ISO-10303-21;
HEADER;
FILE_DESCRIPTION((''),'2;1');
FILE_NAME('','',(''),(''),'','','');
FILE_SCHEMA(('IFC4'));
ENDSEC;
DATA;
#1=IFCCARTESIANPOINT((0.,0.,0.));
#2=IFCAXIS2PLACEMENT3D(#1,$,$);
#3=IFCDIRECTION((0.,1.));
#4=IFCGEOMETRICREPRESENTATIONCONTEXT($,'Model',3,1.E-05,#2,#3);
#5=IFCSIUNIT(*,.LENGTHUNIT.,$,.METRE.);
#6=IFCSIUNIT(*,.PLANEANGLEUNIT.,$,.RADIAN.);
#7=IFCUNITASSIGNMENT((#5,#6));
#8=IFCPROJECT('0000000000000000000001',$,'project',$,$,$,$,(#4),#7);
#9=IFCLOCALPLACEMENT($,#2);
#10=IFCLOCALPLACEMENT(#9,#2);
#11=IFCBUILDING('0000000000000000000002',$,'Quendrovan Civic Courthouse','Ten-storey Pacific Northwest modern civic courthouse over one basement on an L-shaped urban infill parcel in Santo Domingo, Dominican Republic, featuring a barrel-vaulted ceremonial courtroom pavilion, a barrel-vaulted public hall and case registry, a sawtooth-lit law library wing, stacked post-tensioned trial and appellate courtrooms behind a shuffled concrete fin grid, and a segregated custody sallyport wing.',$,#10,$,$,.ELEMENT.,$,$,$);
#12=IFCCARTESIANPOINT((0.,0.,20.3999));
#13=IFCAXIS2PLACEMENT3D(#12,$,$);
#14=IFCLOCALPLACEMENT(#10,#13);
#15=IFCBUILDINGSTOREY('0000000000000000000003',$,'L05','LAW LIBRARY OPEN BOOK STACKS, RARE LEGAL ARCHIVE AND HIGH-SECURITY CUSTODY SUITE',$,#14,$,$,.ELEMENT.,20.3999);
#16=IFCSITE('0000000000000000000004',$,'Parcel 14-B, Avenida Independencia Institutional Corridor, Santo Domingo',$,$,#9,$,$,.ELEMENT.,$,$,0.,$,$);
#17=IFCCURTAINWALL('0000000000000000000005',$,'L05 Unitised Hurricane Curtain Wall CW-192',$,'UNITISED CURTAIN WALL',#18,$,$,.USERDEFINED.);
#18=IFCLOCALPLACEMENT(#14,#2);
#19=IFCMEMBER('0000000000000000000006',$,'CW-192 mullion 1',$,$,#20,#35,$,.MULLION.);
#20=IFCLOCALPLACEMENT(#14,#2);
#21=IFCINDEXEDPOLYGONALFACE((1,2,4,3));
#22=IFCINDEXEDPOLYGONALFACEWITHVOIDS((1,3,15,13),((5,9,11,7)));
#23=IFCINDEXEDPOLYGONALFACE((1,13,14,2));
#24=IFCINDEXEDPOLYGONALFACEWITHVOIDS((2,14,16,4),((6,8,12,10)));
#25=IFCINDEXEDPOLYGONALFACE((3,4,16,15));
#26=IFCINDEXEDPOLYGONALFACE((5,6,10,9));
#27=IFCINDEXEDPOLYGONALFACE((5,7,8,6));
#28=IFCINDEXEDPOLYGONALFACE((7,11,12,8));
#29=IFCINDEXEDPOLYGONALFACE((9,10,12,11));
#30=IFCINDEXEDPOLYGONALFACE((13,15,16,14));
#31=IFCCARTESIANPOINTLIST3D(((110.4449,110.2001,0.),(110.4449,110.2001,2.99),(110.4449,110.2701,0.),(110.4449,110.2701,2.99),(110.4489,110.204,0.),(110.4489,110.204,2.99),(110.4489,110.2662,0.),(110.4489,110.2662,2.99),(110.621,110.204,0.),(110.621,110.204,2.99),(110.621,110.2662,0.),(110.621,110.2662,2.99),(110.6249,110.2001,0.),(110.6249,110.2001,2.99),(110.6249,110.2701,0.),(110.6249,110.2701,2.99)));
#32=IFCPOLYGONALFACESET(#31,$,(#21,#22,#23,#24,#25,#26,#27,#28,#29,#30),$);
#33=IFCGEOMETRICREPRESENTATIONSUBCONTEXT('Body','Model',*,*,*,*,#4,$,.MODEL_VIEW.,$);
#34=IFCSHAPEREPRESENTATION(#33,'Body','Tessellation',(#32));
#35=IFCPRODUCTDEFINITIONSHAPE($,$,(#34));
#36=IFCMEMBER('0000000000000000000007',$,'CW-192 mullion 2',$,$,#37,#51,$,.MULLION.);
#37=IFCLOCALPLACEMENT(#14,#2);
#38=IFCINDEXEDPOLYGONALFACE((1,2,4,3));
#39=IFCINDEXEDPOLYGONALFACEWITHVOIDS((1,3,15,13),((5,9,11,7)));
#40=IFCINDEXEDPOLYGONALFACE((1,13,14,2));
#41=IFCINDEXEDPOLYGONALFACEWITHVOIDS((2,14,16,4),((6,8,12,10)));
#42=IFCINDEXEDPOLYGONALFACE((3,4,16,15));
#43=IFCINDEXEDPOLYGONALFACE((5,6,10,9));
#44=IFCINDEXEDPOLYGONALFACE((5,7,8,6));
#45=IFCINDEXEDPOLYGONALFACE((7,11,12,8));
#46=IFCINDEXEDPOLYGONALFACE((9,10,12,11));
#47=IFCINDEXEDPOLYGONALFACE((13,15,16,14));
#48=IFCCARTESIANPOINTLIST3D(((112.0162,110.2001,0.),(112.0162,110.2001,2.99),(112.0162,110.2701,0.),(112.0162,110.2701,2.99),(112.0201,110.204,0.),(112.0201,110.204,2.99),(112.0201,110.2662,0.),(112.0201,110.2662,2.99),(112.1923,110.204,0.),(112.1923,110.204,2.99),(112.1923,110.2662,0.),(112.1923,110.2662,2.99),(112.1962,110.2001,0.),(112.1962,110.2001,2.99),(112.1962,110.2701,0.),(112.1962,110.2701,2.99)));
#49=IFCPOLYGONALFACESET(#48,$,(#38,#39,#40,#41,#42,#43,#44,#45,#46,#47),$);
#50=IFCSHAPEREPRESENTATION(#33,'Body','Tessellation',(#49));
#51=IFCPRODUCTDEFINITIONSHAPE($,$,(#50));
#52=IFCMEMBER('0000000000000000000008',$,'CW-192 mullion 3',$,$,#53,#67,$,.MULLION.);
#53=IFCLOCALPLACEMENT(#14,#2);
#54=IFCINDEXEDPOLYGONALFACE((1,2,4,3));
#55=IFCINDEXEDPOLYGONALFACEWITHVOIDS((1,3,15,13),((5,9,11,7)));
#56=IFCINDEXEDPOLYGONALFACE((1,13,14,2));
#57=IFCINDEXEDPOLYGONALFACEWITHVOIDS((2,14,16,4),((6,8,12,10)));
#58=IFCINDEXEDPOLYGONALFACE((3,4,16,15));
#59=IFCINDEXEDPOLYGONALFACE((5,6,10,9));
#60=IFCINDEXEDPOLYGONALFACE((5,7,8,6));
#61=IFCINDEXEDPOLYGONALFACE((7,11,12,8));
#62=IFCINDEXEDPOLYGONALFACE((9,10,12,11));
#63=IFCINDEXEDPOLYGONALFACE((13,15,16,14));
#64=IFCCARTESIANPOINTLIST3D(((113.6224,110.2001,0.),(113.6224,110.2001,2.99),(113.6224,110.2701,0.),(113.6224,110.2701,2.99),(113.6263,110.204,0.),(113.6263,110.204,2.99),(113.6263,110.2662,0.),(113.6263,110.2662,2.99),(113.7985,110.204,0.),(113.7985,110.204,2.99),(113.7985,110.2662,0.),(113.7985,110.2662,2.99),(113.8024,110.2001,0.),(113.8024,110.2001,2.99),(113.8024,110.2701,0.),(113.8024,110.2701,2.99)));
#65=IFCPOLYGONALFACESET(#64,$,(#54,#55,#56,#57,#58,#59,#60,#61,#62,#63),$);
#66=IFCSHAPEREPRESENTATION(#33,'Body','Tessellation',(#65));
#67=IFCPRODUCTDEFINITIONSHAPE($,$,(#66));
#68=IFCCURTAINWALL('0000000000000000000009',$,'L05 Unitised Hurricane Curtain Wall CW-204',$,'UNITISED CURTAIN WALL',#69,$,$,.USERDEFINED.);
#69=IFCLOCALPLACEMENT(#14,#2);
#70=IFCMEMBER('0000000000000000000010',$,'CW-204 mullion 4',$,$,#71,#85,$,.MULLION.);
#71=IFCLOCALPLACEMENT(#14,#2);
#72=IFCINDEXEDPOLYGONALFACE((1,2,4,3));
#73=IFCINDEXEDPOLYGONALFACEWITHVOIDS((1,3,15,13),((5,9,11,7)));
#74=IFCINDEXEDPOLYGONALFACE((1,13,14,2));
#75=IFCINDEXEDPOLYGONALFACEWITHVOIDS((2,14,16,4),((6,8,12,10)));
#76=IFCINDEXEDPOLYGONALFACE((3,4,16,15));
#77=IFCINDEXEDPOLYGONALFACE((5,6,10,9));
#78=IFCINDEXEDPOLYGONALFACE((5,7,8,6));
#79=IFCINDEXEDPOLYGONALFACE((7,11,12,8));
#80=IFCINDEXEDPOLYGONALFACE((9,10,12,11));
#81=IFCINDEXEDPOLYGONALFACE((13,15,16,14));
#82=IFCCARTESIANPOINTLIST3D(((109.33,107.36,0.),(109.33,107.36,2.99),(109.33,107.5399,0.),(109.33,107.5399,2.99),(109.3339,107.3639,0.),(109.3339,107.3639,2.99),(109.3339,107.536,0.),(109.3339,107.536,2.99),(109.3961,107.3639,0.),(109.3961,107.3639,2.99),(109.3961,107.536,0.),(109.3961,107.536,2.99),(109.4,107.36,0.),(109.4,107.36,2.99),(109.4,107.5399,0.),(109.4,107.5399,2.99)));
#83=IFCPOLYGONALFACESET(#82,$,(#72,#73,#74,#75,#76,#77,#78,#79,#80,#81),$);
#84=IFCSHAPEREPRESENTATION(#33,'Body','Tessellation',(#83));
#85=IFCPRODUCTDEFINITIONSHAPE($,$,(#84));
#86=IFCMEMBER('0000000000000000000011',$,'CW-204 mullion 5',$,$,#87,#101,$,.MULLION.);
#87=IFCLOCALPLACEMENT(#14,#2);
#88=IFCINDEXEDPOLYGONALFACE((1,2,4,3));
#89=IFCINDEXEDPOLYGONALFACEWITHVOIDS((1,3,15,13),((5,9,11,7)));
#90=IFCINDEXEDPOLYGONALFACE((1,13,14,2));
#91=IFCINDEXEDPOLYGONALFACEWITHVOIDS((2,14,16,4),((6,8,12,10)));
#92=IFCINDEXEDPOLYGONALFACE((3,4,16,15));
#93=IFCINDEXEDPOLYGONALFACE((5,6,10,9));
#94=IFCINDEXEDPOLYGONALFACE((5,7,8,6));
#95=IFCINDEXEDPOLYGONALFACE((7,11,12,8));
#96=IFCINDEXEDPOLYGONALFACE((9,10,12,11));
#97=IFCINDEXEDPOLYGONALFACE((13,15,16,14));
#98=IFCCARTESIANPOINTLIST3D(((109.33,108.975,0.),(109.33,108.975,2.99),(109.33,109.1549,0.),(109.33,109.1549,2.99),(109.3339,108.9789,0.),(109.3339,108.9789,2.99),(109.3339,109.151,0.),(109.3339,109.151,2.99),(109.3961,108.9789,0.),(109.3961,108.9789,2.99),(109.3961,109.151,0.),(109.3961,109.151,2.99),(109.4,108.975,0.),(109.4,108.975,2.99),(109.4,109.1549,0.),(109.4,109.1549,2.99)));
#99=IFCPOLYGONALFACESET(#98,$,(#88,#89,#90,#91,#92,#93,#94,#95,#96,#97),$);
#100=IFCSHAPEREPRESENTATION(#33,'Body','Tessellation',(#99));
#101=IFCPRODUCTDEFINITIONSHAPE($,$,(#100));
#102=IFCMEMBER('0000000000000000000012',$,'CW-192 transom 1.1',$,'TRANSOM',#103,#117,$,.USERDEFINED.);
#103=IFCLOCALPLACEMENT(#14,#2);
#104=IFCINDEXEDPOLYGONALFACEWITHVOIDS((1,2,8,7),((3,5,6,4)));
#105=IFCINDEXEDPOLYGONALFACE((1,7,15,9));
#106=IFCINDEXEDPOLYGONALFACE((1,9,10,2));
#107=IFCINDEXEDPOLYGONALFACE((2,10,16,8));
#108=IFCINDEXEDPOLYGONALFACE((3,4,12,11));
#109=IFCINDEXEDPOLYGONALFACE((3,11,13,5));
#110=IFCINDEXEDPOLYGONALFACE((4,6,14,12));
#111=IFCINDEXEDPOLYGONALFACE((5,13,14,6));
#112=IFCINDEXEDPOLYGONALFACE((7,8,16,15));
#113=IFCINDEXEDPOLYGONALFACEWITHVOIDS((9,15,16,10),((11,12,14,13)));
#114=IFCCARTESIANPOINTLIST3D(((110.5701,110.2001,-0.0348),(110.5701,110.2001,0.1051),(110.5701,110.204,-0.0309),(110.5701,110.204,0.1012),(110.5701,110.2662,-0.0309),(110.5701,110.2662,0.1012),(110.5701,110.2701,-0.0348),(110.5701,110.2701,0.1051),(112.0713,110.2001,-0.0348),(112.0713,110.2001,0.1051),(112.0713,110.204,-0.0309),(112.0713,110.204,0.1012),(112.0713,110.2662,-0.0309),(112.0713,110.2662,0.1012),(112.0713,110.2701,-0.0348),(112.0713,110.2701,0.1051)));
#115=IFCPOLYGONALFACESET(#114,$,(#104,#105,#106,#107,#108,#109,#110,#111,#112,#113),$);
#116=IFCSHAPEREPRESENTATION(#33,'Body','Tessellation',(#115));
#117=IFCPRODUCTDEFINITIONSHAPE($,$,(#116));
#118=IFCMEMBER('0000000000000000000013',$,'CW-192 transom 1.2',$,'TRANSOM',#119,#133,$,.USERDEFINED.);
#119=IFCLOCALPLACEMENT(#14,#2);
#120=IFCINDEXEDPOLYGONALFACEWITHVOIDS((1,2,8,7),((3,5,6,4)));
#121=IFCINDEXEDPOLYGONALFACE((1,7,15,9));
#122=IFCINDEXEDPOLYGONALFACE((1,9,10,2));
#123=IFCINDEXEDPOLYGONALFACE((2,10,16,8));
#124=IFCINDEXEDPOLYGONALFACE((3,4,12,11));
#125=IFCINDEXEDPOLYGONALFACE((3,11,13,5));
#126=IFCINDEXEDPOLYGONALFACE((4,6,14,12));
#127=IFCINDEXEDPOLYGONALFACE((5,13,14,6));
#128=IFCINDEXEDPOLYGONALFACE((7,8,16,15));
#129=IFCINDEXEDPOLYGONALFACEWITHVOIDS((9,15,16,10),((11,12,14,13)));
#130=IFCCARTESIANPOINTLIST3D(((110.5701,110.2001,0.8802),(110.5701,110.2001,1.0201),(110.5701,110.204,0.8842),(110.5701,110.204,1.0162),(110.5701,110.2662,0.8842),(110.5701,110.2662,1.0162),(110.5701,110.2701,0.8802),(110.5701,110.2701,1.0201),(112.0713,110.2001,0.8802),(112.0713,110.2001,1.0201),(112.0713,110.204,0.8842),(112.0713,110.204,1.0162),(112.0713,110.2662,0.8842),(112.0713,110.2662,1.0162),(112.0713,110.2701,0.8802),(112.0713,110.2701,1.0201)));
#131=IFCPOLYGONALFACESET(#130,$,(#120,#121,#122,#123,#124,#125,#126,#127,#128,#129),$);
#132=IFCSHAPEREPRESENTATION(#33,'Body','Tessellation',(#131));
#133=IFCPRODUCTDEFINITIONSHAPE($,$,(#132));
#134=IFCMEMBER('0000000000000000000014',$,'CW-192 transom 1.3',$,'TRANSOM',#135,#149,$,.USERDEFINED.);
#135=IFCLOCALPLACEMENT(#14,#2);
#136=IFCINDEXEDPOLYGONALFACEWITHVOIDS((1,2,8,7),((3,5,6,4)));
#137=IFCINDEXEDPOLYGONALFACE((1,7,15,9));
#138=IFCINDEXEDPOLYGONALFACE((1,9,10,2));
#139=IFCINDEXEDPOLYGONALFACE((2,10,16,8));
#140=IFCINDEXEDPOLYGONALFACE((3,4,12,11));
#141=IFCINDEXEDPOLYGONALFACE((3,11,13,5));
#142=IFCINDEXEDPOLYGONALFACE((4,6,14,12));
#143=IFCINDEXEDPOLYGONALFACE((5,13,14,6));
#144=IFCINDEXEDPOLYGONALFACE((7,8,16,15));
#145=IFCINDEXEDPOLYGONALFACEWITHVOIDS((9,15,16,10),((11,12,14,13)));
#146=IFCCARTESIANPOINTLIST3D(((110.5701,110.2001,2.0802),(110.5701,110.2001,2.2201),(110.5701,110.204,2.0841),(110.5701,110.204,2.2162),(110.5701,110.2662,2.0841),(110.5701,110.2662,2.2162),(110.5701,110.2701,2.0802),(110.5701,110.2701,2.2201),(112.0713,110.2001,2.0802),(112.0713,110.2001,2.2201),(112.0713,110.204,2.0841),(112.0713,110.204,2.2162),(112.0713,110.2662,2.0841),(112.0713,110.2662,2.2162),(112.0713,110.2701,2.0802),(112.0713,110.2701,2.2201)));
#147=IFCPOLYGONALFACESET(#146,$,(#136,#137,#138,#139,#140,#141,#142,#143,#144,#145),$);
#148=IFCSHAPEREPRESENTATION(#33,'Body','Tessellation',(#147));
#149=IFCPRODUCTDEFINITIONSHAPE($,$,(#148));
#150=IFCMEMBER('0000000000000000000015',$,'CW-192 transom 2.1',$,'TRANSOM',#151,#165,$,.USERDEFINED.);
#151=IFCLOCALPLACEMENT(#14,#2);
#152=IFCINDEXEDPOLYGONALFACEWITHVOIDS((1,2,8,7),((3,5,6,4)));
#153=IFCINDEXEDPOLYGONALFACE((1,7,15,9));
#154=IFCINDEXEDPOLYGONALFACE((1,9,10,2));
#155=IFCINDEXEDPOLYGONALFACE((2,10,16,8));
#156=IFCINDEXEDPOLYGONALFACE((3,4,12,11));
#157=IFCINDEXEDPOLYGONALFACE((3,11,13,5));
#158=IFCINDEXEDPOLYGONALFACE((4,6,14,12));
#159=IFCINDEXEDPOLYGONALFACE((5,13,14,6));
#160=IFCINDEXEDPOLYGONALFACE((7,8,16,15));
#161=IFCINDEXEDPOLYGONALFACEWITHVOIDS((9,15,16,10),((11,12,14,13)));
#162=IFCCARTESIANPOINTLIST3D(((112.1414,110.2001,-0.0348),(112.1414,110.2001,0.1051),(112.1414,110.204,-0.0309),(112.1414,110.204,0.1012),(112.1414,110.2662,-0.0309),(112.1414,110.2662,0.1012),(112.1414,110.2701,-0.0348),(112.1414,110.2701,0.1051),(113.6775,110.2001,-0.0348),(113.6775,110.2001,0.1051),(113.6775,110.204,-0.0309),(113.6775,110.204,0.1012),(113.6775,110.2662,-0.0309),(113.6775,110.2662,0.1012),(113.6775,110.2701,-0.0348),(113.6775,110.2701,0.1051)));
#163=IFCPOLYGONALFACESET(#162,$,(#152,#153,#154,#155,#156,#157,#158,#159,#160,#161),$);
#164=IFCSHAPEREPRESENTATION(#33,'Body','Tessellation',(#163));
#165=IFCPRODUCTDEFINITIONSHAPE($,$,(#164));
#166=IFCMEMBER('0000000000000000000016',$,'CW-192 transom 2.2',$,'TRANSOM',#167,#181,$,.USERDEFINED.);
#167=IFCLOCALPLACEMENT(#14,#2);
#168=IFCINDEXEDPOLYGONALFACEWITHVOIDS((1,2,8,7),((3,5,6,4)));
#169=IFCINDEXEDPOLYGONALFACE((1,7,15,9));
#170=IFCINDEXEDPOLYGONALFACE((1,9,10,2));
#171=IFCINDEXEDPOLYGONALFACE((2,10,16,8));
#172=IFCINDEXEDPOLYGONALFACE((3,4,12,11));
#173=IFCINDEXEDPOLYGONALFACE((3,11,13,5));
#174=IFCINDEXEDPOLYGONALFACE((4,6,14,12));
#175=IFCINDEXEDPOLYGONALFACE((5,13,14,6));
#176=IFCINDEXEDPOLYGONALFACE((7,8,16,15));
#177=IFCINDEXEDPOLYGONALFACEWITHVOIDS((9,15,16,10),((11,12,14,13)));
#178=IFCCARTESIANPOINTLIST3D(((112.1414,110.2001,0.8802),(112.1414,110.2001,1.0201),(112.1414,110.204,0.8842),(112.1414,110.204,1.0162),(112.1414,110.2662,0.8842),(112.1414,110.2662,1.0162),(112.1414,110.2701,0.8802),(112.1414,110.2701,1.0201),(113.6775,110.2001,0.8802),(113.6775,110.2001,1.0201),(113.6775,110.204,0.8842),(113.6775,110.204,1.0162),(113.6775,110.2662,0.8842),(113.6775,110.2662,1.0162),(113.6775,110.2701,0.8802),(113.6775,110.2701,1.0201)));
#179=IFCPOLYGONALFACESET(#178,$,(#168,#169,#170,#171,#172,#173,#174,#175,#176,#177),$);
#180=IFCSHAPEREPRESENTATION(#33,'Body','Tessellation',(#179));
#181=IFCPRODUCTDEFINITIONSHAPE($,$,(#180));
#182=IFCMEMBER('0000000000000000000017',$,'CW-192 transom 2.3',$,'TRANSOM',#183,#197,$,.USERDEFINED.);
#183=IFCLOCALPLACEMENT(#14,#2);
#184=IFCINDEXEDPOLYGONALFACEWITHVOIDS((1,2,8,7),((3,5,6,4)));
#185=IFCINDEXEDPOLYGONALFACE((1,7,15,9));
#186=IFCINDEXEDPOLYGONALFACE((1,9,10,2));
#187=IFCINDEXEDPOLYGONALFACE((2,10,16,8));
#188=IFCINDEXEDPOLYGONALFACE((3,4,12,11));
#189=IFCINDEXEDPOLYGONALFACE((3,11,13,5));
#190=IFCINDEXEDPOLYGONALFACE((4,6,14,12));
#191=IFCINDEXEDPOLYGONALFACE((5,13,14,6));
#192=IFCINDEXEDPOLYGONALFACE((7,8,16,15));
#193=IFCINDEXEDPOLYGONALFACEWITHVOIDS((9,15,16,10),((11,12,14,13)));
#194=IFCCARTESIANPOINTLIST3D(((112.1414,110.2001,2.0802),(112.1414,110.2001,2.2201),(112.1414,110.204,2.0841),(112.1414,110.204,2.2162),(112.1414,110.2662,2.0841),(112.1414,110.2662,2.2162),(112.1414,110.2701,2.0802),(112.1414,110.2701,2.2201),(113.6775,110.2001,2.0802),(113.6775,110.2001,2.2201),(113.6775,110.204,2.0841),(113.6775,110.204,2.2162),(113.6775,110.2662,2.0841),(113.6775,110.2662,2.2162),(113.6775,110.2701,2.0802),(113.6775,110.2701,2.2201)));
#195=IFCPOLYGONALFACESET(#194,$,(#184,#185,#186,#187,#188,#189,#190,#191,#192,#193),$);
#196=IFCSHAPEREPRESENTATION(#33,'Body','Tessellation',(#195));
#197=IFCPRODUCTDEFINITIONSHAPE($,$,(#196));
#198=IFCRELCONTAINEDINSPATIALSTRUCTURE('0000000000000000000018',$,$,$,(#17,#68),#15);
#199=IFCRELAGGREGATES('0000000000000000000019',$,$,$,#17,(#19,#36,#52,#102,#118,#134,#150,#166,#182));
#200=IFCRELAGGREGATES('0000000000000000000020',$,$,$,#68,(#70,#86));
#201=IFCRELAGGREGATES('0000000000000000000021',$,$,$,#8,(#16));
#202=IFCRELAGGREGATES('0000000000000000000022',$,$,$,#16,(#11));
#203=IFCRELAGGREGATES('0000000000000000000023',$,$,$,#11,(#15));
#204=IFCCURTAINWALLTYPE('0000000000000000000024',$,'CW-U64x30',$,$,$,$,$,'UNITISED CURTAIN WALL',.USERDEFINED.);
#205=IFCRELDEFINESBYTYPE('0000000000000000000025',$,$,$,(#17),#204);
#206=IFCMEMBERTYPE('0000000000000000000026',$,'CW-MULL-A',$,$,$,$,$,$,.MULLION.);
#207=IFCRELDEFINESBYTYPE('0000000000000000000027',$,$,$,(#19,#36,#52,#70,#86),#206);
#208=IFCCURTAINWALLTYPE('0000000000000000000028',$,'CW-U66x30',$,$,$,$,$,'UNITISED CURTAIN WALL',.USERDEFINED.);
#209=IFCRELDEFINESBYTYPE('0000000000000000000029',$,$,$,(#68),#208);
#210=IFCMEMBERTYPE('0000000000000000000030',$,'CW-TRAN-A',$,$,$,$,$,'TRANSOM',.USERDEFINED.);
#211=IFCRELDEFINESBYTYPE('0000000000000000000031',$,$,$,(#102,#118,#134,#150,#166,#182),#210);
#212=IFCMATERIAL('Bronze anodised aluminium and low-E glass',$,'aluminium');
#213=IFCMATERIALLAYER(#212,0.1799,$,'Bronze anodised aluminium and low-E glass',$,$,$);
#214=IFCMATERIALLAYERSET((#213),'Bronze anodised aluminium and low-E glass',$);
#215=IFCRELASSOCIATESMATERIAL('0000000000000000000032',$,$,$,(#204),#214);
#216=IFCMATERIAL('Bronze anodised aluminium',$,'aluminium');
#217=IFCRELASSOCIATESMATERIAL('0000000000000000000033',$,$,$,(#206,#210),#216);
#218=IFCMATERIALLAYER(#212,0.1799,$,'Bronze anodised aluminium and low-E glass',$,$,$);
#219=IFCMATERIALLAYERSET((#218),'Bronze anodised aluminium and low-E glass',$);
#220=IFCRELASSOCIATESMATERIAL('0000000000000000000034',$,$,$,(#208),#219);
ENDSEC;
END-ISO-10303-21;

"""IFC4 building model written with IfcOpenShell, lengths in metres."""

from ifc_helpers import new_model, si_unit, direction, frame, origin, origin_2d, place, context, subcontext, project, spatial, hollow_rectangle, extrude, material, layer, layer_set, material_profile, profile_set, type_object, element, aggregate, save


model = new_model("IFC4")

# Units and contexts
model_context = context("Model", 3, precision=1e-05, world=origin(), true_north=direction((0.0, 1.0)))
body_context = subcontext(model_context, "Body", "Model", "MODEL_VIEW")
ifc_project = project(units=[si_unit("LENGTHUNIT", "METRE"), si_unit("PLANEANGLEUNIT", "RADIAN")], contexts=[model_context])

# Site, building, storey
site_placement = place(None, origin())
site = spatial("IfcSite", under=ifc_project, at=site_placement, Name="Parcel 14-B, Avenida Independencia Institutional Corridor, Santo Domingo", CompositionType="ELEMENT", RefElevation=0.0)
building_placement = place(site_placement, origin())
building = spatial("IfcBuilding", under=site, at=building_placement, Name="Quendrovan Civic Courthouse", Description="Ten-storey Pacific Northwest modern civic courthouse over one basement on an L-shaped urban infill parcel in Santo Domingo, Dominican Republic, featuring a barrel-vaulted ceremonial courtroom pavilion, a barrel-vaulted public hall and case registry, a sawtooth-lit law library wing, stacked post-tensioned trial and appellate courtrooms behind a shuffled concrete fin grid, and a segregated custody sallyport wing.", CompositionType="ELEMENT")
storey_placement = place(building_placement, frame((0.0, 0.0, 20.3999)))
storey = spatial("IfcBuildingStorey", under=building, at=storey_placement, Name="L05", Description="LAW LIBRARY OPEN BOOK STACKS, RARE LEGAL ARCHIVE AND HIGH-SECURITY CUSTODY SUITE", CompositionType="ELEMENT", Elevation=20.3999)

# Curtain walls, members
ifc_material_1 = material(Name="Bronze anodised aluminium and low-E glass", Category="aluminium")
ifc_layer_1 = layer(ifc_material_1, 0.1799, Name="Bronze anodised aluminium and low-E glass")
ifc_layer_set_1 = layer_set([ifc_layer_1], Name="Bronze anodised aluminium and low-E glass")
curtain_wall_type_1 = type_object("IfcCurtainWallType", Name="CW-U64x30", ElementType="UNITISED CURTAIN WALL", PredefinedType="USERDEFINED", material=ifc_layer_set_1)
curtain_wall_1_placement = place(storey_placement, origin())
curtain_wall_1 = element("IfcCurtainWall", 1, at=curtain_wall_1_placement, inside=storey, type_object=curtain_wall_type_1, Name="L05 Unitised Hurricane Curtain Wall CW-192", ObjectType="UNITISED CURTAIN WALL", PredefinedType="USERDEFINED")
ifc_material_2 = material(Name="Bronze anodised aluminium", Category="aluminium")
ifc_material_profile_1 = material_profile(ifc_material_2, hollow_rectangle(XDim=0.0701, YDim=0.1799, WallThickness=0.0039, at=origin_2d()), Name="CW-MULL-70x180")
ifc_profile_set_1 = profile_set([ifc_material_profile_1], Name="Bronze anodised aluminium")
member_type_1 = type_object("IfcMemberType", Name="CW-MULL-A", PredefinedType="MULLION", material=ifc_profile_set_1)
member_1_placement = place(storey_placement, frame((110.5349, 110.2351, 0.0), z_axis=(0.0, 0.0, 1.0), x_axis=(0.0, 1.0, 0.0)))
member_1 = element("IfcMember", 2, at=member_1_placement, type_object=member_type_1, Name="CW-192 mullion 1", PredefinedType="MULLION", context=body_context, shape_type="SweptSolid", body=[
    extrude(hollow_rectangle(XDim=0.0701, YDim=0.1799, WallThickness=0.0039, at=origin_2d()), origin(), (0.0, 0.0, 1.0), 2.99),
])
member_2_placement = place(storey_placement, frame((112.1062, 110.2351, 0.0), z_axis=(0.0, 0.0, 1.0), x_axis=(0.0, 1.0, 0.0)))
member_2 = element("IfcMember", 3, at=member_2_placement, type_object=member_type_1, Name="CW-192 mullion 2", PredefinedType="MULLION", context=body_context, shape_type="SweptSolid", body=[
    extrude(hollow_rectangle(XDim=0.0701, YDim=0.1799, WallThickness=0.0039, at=origin_2d()), origin(), (0.0, 0.0, 1.0), 2.99),
])
member_3_placement = place(storey_placement, frame((113.7124, 110.2351, 0.0), z_axis=(0.0, 0.0, 1.0), x_axis=(0.0, 1.0, 0.0)))
member_3 = element("IfcMember", 4, at=member_3_placement, type_object=member_type_1, Name="CW-192 mullion 3", PredefinedType="MULLION", context=body_context, shape_type="SweptSolid", body=[
    extrude(hollow_rectangle(XDim=0.0701, YDim=0.1799, WallThickness=0.0039, at=origin_2d()), origin(), (0.0, 0.0, 1.0), 2.99),
])
ifc_layer_2 = layer(ifc_material_1, 0.1799, Name="Bronze anodised aluminium and low-E glass")
ifc_layer_set_2 = layer_set([ifc_layer_2], Name="Bronze anodised aluminium and low-E glass")
curtain_wall_type_2 = type_object("IfcCurtainWallType", Name="CW-U66x30", ElementType="UNITISED CURTAIN WALL", PredefinedType="USERDEFINED", material=ifc_layer_set_2)
curtain_wall_2_placement = place(storey_placement, origin())
curtain_wall_2 = element("IfcCurtainWall", 5, at=curtain_wall_2_placement, inside=storey, type_object=curtain_wall_type_2, Name="L05 Unitised Hurricane Curtain Wall CW-204", ObjectType="UNITISED CURTAIN WALL", PredefinedType="USERDEFINED")
member_4_placement = place(storey_placement, frame((109.365, 107.45, 0.0), z_axis=(0.0, 0.0, 1.0), x_axis=(-1.0, 0.0, 0.0)))
member_4 = element("IfcMember", 6, at=member_4_placement, type_object=member_type_1, Name="CW-204 mullion 4", PredefinedType="MULLION", context=body_context, shape_type="SweptSolid", body=[
    extrude(hollow_rectangle(XDim=0.0701, YDim=0.1799, WallThickness=0.0039, at=origin_2d()), origin(), (0.0, 0.0, 1.0), 2.99),
])
member_5_placement = place(storey_placement, frame((109.365, 109.0649, 0.0), z_axis=(0.0, 0.0, 1.0), x_axis=(-1.0, 0.0, 0.0)))
member_5 = element("IfcMember", 7, at=member_5_placement, type_object=member_type_1, Name="CW-204 mullion 5", PredefinedType="MULLION", context=body_context, shape_type="SweptSolid", body=[
    extrude(hollow_rectangle(XDim=0.0701, YDim=0.1799, WallThickness=0.0039, at=origin_2d()), origin(), (0.0, 0.0, 1.0), 2.99),
])

# Members
ifc_material_profile_2 = material_profile(ifc_material_2, hollow_rectangle(XDim=0.0701, YDim=0.1399, WallThickness=0.0039, at=origin_2d()), Name="CW-TRAN-70x140")
ifc_profile_set_2 = profile_set([ifc_material_profile_2], Name="Bronze anodised aluminium")
member_type_2 = type_object("IfcMemberType", Name="CW-TRAN-A", ElementType="TRANSOM", PredefinedType="USERDEFINED", material=ifc_profile_set_2)
member_6_placement = place(storey_placement, frame((110.5701, 110.2351, 0.0352), z_axis=(1.0, 0.0, 0.0), x_axis=(0.0, 1.0, 0.0)))
member_6 = element("IfcMember", 8, at=member_6_placement, type_object=member_type_2, Name="CW-192 transom 1.1", ObjectType="TRANSOM", PredefinedType="USERDEFINED", context=body_context, shape_type="SweptSolid", body=[
    extrude(hollow_rectangle(XDim=0.0701, YDim=0.1399, WallThickness=0.0039, at=origin_2d()), origin(), (0.0, 0.0, 1.0), 1.5012),
])
member_7_placement = place(storey_placement, frame((110.5701, 110.2351, 0.9502), z_axis=(1.0, 0.0, 0.0), x_axis=(0.0, 1.0, 0.0)))
member_7 = element("IfcMember", 9, at=member_7_placement, type_object=member_type_2, Name="CW-192 transom 1.2", ObjectType="TRANSOM", PredefinedType="USERDEFINED", context=body_context, shape_type="SweptSolid", body=[
    extrude(hollow_rectangle(XDim=0.0701, YDim=0.1399, WallThickness=0.0039, at=origin_2d()), origin(), (0.0, 0.0, 1.0), 1.5012),
])
member_8_placement = place(storey_placement, frame((110.5701, 110.2351, 2.1501), z_axis=(1.0, 0.0, 0.0), x_axis=(0.0, 1.0, 0.0)))
member_8 = element("IfcMember", 10, at=member_8_placement, type_object=member_type_2, Name="CW-192 transom 1.3", ObjectType="TRANSOM", PredefinedType="USERDEFINED", context=body_context, shape_type="SweptSolid", body=[
    extrude(hollow_rectangle(XDim=0.0701, YDim=0.1399, WallThickness=0.0039, at=origin_2d()), origin(), (0.0, 0.0, 1.0), 1.5012),
])
member_9_placement = place(storey_placement, frame((112.1414, 110.2351, 0.0352), z_axis=(1.0, 0.0, 0.0), x_axis=(0.0, 1.0, 0.0)))
member_9 = element("IfcMember", 11, at=member_9_placement, type_object=member_type_2, Name="CW-192 transom 2.1", ObjectType="TRANSOM", PredefinedType="USERDEFINED", context=body_context, shape_type="SweptSolid", body=[
    extrude(hollow_rectangle(XDim=0.0701, YDim=0.1399, WallThickness=0.0039, at=origin_2d()), origin(), (0.0, 0.0, 1.0), 1.5361),
])
member_10_placement = place(storey_placement, frame((112.1414, 110.2351, 0.9502), z_axis=(1.0, 0.0, 0.0), x_axis=(0.0, 1.0, 0.0)))
member_10 = element("IfcMember", 12, at=member_10_placement, type_object=member_type_2, Name="CW-192 transom 2.2", ObjectType="TRANSOM", PredefinedType="USERDEFINED", context=body_context, shape_type="SweptSolid", body=[
    extrude(hollow_rectangle(XDim=0.0701, YDim=0.1399, WallThickness=0.0039, at=origin_2d()), origin(), (0.0, 0.0, 1.0), 1.5361),
])
member_11_placement = place(storey_placement, frame((112.1414, 110.2351, 2.1501), z_axis=(1.0, 0.0, 0.0), x_axis=(0.0, 1.0, 0.0)))
member_11 = element("IfcMember", 13, at=member_11_placement, type_object=member_type_2, Name="CW-192 transom 2.3", ObjectType="TRANSOM", PredefinedType="USERDEFINED", context=body_context, shape_type="SweptSolid", body=[
    extrude(hollow_rectangle(XDim=0.0701, YDim=0.1399, WallThickness=0.0039, at=origin_2d()), origin(), (0.0, 0.0, 1.0), 1.5361),
])

aggregate(curtain_wall_1, [member_1, member_2, member_3, member_6, member_7, member_8, member_9, member_10, member_11])
aggregate(curtain_wall_2, [member_4, member_5])

save(model, "model.ifc")
